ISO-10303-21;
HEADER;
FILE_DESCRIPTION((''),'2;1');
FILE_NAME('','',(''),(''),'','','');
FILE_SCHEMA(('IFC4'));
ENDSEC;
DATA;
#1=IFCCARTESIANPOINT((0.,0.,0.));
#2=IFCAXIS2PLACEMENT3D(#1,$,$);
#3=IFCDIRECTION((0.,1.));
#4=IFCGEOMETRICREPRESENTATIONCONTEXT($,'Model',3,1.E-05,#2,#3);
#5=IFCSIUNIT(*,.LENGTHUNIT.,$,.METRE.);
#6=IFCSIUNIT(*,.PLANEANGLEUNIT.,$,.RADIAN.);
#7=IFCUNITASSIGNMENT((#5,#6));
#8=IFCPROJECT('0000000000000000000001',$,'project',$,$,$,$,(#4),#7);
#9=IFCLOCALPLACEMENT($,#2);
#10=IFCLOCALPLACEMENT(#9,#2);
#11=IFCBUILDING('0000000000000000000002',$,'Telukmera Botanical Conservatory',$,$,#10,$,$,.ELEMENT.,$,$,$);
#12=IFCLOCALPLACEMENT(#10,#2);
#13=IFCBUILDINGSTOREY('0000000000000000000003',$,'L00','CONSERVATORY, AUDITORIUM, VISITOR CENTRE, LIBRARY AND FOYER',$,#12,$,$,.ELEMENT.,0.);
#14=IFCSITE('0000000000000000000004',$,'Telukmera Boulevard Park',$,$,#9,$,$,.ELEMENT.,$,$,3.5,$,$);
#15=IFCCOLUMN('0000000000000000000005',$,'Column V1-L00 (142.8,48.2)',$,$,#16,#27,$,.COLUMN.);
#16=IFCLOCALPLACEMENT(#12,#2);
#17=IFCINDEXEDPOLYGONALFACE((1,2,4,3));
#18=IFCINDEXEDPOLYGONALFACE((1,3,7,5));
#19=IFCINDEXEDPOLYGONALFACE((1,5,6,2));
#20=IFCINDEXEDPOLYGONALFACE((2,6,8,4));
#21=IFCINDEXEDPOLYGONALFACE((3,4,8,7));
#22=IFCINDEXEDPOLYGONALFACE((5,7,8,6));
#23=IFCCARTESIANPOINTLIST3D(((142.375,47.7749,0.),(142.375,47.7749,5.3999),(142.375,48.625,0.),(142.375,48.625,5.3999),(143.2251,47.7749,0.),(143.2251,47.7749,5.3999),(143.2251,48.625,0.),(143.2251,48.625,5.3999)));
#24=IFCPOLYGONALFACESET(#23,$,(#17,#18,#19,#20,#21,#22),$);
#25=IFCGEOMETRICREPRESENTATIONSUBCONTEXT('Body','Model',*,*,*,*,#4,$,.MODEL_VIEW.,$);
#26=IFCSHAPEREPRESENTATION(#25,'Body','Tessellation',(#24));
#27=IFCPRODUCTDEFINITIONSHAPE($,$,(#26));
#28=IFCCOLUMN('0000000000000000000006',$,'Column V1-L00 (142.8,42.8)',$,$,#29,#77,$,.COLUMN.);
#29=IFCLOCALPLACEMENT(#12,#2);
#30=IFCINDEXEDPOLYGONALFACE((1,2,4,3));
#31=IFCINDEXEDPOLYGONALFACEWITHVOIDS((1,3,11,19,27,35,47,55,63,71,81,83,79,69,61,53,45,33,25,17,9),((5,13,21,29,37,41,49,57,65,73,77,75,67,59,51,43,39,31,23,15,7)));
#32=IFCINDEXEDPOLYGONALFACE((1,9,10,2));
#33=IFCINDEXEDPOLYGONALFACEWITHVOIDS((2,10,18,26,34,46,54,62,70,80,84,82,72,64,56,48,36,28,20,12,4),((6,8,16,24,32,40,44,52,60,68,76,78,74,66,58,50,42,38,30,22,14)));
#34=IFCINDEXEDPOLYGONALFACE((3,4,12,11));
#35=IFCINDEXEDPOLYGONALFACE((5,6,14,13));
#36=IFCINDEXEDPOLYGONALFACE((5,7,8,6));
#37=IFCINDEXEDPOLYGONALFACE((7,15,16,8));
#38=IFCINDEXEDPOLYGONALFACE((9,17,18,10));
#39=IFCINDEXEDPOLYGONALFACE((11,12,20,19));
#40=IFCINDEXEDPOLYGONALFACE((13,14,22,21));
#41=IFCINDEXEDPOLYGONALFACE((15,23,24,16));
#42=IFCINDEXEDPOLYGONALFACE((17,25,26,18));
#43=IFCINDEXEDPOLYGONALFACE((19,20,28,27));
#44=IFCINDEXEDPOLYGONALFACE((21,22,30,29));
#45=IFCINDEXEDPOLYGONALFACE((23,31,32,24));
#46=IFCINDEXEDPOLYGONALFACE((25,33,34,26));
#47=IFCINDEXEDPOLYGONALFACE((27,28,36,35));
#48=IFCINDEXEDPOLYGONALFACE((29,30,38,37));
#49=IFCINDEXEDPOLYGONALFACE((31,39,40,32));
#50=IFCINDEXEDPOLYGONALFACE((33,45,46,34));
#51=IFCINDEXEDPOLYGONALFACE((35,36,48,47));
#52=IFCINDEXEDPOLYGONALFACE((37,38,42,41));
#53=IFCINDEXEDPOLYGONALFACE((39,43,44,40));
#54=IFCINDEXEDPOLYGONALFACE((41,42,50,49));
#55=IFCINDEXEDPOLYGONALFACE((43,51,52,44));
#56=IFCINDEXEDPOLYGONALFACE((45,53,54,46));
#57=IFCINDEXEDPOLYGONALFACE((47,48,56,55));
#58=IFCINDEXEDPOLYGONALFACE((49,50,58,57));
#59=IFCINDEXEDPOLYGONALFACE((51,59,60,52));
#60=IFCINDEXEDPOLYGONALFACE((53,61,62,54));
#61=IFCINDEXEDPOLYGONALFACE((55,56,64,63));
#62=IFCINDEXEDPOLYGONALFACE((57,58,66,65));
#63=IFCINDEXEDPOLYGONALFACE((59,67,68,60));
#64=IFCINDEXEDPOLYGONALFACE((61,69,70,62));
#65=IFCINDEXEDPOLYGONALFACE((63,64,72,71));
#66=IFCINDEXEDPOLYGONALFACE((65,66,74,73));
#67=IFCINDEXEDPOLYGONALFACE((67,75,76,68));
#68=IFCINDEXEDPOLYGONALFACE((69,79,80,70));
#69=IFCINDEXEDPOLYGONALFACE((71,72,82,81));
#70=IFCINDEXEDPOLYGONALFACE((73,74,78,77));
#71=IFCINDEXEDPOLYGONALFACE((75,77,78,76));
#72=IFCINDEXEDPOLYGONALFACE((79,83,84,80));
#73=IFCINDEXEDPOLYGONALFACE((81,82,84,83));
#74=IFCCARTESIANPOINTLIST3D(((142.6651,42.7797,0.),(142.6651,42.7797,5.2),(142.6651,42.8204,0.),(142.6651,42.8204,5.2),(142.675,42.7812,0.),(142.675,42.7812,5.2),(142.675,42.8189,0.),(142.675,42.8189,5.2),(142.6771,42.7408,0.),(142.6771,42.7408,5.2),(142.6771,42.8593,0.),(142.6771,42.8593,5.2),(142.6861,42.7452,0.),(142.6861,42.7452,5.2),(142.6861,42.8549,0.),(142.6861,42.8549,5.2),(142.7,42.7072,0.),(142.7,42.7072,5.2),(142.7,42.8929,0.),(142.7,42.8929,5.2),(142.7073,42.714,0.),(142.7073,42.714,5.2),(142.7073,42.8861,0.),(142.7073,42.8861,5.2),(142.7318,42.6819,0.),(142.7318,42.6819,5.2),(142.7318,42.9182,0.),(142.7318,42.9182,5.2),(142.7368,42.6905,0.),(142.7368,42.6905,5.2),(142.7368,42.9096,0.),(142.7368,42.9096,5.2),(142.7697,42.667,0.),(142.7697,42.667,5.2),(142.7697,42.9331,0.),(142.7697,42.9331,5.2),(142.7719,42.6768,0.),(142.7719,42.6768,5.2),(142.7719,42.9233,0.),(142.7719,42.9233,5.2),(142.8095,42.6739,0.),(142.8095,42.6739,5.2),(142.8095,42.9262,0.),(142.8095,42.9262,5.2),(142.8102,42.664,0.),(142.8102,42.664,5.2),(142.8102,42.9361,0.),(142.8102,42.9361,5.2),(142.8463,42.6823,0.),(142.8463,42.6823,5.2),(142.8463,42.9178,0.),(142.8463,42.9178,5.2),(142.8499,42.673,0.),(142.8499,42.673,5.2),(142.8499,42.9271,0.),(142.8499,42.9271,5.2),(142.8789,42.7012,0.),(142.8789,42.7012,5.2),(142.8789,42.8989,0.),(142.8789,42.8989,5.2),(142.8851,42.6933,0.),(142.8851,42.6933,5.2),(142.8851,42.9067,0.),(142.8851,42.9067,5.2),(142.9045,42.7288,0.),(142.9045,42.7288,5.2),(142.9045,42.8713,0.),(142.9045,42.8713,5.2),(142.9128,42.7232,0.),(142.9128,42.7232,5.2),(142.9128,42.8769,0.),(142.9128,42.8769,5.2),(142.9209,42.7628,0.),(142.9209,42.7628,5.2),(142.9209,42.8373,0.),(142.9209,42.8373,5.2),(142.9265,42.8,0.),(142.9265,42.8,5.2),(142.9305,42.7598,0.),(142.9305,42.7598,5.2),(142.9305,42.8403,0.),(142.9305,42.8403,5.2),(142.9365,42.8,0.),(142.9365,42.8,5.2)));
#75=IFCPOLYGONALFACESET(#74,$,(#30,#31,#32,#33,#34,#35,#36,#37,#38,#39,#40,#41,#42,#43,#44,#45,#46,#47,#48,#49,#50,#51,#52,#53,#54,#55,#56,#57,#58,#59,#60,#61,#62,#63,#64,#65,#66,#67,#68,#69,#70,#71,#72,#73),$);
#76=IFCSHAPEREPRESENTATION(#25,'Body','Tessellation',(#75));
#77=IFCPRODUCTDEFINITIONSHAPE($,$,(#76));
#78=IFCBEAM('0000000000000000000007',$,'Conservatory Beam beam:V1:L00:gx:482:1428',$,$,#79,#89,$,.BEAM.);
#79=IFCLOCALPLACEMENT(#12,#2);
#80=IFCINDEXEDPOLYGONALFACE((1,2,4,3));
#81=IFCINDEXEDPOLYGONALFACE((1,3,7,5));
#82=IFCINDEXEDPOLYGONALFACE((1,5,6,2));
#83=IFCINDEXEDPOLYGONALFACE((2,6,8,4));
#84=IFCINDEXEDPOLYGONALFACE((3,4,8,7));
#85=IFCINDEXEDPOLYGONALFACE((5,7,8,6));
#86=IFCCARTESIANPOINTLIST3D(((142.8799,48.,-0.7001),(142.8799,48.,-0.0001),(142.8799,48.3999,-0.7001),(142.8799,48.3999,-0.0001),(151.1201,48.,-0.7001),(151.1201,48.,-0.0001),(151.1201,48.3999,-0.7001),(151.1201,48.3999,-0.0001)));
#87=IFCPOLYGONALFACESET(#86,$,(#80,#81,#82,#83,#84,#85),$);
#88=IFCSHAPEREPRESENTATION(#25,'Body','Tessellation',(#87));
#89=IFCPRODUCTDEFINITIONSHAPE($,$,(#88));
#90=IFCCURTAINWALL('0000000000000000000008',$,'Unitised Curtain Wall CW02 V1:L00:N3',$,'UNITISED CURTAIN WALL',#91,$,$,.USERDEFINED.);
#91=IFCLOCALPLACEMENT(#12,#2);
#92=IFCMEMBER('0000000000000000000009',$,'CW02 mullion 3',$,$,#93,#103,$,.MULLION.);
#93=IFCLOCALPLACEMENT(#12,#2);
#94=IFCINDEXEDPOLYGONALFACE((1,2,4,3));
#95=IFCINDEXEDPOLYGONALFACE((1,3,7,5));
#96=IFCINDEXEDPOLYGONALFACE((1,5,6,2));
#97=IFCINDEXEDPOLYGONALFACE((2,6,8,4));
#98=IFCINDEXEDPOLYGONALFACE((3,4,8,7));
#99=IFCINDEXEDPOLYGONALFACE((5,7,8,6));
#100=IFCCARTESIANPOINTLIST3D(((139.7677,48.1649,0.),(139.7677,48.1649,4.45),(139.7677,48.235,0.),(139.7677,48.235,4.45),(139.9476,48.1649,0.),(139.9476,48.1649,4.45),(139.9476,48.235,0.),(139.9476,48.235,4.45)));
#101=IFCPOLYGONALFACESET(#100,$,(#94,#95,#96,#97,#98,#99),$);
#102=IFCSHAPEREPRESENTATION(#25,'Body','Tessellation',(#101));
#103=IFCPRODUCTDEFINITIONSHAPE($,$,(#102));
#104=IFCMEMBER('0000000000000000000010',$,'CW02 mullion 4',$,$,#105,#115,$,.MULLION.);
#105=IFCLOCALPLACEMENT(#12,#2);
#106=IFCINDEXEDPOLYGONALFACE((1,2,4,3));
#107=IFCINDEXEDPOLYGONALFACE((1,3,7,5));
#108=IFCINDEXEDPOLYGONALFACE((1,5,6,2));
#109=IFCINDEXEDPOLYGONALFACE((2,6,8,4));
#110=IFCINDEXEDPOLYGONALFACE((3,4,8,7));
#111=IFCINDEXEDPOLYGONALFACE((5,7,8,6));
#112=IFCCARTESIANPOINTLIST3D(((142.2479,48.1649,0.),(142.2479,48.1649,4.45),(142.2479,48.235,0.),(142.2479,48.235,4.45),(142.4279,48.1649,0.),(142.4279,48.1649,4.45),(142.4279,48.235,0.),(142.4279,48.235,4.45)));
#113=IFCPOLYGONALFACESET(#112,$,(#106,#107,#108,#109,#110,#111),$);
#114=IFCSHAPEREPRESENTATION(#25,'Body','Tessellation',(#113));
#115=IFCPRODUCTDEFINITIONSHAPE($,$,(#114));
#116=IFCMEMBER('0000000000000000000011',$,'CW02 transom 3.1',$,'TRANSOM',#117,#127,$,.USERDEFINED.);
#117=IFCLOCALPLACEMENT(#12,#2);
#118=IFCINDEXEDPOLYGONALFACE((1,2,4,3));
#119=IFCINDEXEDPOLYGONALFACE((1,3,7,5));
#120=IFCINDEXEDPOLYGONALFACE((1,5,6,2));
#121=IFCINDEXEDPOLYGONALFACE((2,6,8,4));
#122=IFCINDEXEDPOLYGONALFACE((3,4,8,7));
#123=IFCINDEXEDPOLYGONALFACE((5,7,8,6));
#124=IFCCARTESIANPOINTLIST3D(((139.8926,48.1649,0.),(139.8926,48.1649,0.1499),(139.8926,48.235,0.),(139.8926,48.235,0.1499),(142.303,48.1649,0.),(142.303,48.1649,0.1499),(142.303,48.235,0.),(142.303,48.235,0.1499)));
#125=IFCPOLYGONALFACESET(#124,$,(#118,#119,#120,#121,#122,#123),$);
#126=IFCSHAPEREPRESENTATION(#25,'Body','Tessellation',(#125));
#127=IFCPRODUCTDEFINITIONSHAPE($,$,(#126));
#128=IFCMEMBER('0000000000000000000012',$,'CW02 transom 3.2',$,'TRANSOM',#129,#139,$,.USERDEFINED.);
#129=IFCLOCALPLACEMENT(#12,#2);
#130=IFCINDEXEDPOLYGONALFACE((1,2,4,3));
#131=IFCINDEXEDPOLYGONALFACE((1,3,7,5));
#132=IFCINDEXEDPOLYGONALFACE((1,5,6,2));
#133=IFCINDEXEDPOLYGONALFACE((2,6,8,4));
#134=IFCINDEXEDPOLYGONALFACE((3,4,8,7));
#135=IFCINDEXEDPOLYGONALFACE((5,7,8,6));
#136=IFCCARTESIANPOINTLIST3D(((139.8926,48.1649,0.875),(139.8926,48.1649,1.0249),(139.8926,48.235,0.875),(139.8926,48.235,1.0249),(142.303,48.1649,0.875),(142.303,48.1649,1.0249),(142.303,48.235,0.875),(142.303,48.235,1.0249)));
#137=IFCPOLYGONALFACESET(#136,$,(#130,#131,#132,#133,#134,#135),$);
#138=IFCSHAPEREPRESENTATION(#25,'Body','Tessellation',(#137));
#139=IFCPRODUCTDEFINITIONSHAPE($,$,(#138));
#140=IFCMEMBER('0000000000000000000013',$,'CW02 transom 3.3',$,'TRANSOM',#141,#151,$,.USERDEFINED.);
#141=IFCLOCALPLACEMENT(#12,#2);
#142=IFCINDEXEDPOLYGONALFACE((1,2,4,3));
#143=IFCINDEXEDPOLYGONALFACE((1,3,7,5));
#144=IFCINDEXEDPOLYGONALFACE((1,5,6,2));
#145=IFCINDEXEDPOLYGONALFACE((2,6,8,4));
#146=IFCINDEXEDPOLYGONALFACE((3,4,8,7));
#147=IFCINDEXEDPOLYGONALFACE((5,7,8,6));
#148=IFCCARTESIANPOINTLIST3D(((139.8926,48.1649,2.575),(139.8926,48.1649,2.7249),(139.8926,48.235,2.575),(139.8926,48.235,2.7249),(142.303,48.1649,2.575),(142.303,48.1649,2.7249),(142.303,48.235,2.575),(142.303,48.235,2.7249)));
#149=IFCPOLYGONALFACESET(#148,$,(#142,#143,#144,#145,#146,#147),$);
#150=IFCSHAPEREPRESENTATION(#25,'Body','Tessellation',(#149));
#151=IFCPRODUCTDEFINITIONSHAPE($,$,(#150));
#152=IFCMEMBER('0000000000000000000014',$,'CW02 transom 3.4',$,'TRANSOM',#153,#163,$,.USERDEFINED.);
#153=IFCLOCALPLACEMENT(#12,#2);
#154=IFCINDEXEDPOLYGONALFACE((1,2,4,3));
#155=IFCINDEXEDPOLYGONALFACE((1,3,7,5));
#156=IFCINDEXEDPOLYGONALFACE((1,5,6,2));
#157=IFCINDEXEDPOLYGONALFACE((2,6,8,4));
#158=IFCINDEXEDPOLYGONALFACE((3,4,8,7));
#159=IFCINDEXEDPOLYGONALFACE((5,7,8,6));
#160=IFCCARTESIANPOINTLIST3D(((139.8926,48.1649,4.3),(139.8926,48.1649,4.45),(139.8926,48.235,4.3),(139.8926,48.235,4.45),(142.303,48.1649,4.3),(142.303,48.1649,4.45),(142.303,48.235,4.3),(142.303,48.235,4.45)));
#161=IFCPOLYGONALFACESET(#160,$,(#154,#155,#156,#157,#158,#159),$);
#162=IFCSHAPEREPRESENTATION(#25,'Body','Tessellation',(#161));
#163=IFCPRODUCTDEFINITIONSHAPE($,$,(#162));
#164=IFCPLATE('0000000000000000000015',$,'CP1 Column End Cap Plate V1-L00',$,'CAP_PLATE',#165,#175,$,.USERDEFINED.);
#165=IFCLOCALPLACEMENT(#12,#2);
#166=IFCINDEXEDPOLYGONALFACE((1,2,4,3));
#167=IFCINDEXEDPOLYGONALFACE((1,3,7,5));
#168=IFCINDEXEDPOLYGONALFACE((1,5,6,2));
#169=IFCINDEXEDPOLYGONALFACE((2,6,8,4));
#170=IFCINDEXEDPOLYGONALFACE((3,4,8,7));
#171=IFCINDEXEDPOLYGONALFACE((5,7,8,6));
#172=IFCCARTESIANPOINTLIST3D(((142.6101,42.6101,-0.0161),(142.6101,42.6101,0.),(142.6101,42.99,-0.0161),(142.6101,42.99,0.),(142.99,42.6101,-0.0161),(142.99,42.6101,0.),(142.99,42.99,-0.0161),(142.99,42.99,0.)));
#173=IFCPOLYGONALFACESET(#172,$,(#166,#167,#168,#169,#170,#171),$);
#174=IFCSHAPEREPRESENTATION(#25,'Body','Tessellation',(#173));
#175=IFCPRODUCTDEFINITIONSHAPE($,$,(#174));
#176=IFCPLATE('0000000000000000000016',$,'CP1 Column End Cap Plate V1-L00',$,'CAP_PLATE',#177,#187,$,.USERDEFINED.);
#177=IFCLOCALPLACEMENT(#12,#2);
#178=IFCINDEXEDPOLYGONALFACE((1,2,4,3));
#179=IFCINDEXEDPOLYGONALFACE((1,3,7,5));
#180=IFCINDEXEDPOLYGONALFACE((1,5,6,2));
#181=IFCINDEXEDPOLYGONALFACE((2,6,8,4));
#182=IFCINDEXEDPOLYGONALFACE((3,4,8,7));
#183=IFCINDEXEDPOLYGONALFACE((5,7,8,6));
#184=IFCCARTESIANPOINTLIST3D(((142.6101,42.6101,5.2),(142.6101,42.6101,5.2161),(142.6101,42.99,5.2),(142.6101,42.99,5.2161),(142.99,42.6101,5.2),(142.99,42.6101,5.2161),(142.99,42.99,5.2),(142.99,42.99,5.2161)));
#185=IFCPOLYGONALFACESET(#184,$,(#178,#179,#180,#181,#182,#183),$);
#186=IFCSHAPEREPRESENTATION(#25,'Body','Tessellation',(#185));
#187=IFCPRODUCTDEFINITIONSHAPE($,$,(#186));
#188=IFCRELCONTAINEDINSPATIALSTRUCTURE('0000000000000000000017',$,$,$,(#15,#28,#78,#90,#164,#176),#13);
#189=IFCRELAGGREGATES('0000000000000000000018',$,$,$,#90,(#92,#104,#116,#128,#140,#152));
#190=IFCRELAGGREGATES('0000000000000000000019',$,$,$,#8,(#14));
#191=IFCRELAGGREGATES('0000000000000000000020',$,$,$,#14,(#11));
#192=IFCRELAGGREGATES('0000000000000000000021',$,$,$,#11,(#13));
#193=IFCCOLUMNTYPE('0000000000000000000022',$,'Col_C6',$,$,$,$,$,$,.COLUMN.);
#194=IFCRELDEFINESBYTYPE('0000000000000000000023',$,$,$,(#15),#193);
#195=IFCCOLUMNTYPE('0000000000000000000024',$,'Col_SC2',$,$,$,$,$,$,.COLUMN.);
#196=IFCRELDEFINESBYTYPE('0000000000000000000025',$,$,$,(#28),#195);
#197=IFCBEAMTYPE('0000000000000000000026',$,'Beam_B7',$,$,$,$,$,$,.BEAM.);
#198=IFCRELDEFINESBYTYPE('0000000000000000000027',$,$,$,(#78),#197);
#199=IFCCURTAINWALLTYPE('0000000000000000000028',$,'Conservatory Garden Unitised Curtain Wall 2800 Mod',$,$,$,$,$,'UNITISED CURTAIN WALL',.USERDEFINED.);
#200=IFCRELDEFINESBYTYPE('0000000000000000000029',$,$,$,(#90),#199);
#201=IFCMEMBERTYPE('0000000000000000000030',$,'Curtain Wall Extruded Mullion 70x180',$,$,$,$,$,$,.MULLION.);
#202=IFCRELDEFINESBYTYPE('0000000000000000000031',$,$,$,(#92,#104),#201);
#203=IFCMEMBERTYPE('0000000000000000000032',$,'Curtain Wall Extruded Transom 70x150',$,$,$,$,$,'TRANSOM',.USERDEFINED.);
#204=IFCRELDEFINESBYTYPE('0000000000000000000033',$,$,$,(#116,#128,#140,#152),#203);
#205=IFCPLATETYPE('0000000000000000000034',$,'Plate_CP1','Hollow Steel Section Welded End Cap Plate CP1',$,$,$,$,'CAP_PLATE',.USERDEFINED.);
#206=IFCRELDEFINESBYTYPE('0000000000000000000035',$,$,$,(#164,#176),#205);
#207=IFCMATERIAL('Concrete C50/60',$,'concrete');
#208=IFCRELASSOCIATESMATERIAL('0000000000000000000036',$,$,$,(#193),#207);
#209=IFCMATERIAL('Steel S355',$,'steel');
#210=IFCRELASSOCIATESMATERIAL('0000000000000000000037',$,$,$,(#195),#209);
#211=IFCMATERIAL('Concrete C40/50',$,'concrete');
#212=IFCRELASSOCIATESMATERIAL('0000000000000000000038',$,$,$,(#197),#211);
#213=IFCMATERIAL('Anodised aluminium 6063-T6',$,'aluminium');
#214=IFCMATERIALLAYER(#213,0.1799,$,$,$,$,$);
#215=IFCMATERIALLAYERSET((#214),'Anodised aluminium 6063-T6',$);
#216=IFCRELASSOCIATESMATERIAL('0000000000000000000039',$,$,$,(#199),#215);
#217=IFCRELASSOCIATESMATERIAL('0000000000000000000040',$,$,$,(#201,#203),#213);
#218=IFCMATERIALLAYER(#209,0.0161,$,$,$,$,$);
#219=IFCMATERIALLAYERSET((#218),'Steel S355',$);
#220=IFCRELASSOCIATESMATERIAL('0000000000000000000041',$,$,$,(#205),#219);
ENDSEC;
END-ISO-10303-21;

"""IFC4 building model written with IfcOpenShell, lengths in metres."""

from ifc_helpers import new_model, si_unit, direction, frame, origin, origin_2d, place, context, subcontext, project, spatial, rectangle, hollow_circle, extrude, material, layer, layer_set, material_profile, profile_set, type_object, element, aggregate, save


model = new_model("IFC4")

# Units and contexts
model_context = context("Model", 3, precision=1e-05, world=origin(), true_north=direction((0.0, 1.0)))
body_context = subcontext(model_context, "Body", "Model", "MODEL_VIEW")
ifc_project = project(units=[si_unit("LENGTHUNIT", "METRE"), si_unit("PLANEANGLEUNIT", "RADIAN")], contexts=[model_context])

# Site, building, storey
site_placement = place(None, origin())
site = spatial("IfcSite", under=ifc_project, at=site_placement, Name="Telukmera Boulevard Park", CompositionType="ELEMENT", RefElevation=3.5)
building_placement = place(site_placement, origin())
building = spatial("IfcBuilding", under=site, at=building_placement, Name="Telukmera Botanical Conservatory", CompositionType="ELEMENT")
storey_placement = place(building_placement, origin())
storey = spatial("IfcBuildingStorey", under=building, at=storey_placement, Name="L00", Description="CONSERVATORY, AUDITORIUM, VISITOR CENTRE, LIBRARY AND FOYER", CompositionType="ELEMENT", Elevation=0.0)

# Columns
ifc_material_1 = material(Name="Concrete C50/60", Category="concrete")
ifc_material_profile_1 = material_profile(ifc_material_1, rectangle(XDim=0.8501, YDim=0.8501, at=origin_2d()), Name="RC 850x850")
ifc_profile_set_1 = profile_set([ifc_material_profile_1], Name="Concrete C50/60")
column_type_1 = type_object("IfcColumnType", Name="Col_C6", PredefinedType="COLUMN", material=ifc_profile_set_1)
column_1_placement = place(storey_placement, frame((142.8, 48.2, 0.0), z_axis=(0.0, 0.0, 1.0), x_axis=(1.0, 0.0, 0.0)))
element("IfcColumn", 1, at=column_1_placement, inside=storey, type_object=column_type_1, Name="Column V1-L00 (142.8,48.2)", PredefinedType="COLUMN", context=body_context, shape_type="SweptSolid", body=[
    extrude(rectangle(XDim=0.8501, YDim=0.8501, at=origin_2d()), origin(), (0.0, 0.0, 1.0), 5.3999),
])
ifc_material_2 = material(Name="Steel S355", Category="steel")
ifc_material_profile_2 = material_profile(ifc_material_2, hollow_circle(Radius=0.1365, WallThickness=0.01, at=origin_2d()), Name="CHS 273.0x10.0")
ifc_profile_set_2 = profile_set([ifc_material_profile_2], Name="Steel S355")
column_type_2 = type_object("IfcColumnType", Name="Col_SC2", PredefinedType="COLUMN", material=ifc_profile_set_2)
column_2_placement = place(storey_placement, frame((142.8, 42.8, 0.0), z_axis=(0.0, 0.0, 1.0), x_axis=(1.0, 0.0, 0.0)))
element("IfcColumn", 2, at=column_2_placement, inside=storey, type_object=column_type_2, Name="Column V1-L00 (142.8,42.8)", PredefinedType="COLUMN", context=body_context, shape_type="SweptSolid", body=[
    extrude(hollow_circle(Radius=0.1365, WallThickness=0.01, at=origin_2d()), origin(), (0.0, 0.0, 1.0), 5.2),
])

# Beam
ifc_material_3 = material(Name="Concrete C40/50", Category="concrete")
ifc_material_profile_3 = material_profile(ifc_material_3, rectangle(XDim=0.3999, YDim=0.7, at=origin_2d()), Name="RC 400x700")
ifc_profile_set_3 = profile_set([ifc_material_profile_3], Name="Concrete C40/50")
beam_type = type_object("IfcBeamType", Name="Beam_B7", PredefinedType="BEAM", material=ifc_profile_set_3)
beam_placement = place(storey_placement, frame((142.8799, 48.2, -0.3501), z_axis=(1.0, 0.0, 0.0), x_axis=(0.0, 1.0, 0.0)))
element("IfcBeam", 3, at=beam_placement, inside=storey, type_object=beam_type, Name="Conservatory Beam beam:V1:L00:gx:482:1428", PredefinedType="BEAM", context=body_context, shape_type="SweptSolid", body=[
    extrude(rectangle(XDim=0.3999, YDim=0.7, at=origin_2d()), origin(), (0.0, 0.0, 1.0), 8.2402),
])

# Curtain wall, members
ifc_material_4 = material(Name="Anodised aluminium 6063-T6", Category="aluminium")
ifc_layer_1 = layer(ifc_material_4, 0.1799)
ifc_layer_set_1 = layer_set([ifc_layer_1], Name="Anodised aluminium 6063-T6")
curtain_wall_type = type_object("IfcCurtainWallType", Name="Conservatory Garden Unitised Curtain Wall 2800 Mod", ElementType="UNITISED CURTAIN WALL", PredefinedType="USERDEFINED", material=ifc_layer_set_1)
curtain_wall_placement = place(storey_placement, origin())
curtain_wall = element("IfcCurtainWall", 4, at=curtain_wall_placement, inside=storey, type_object=curtain_wall_type, Name="Unitised Curtain Wall CW02 V1:L00:N3", ObjectType="UNITISED CURTAIN WALL", PredefinedType="USERDEFINED")
ifc_material_profile_4 = material_profile(ifc_material_4, rectangle(XDim=0.0701, YDim=0.1799, at=origin_2d()), Name="ALU MULL 70x180")
ifc_profile_set_4 = profile_set([ifc_material_profile_4], Name="Anodised aluminium 6063-T6")
member_type_1 = type_object("IfcMemberType", Name="Curtain Wall Extruded Mullion 70x180", PredefinedType="MULLION", material=ifc_profile_set_4)
member_1_placement = place(storey_placement, frame((139.8577, 48.2, 0.0), z_axis=(0.0, 0.0, 1.0), x_axis=(0.0, 1.0, 0.0)))
member_1 = element("IfcMember", 5, at=member_1_placement, type_object=member_type_1, Name="CW02 mullion 3", PredefinedType="MULLION", context=body_context, shape_type="SweptSolid", body=[
    extrude(rectangle(XDim=0.0701, YDim=0.1799, at=origin_2d()), origin(), (0.0, 0.0, 1.0), 4.45),
])
member_2_placement = place(storey_placement, frame((142.3379, 48.2, 0.0), z_axis=(0.0, 0.0, 1.0), x_axis=(0.0, 1.0, 0.0)))
member_2 = element("IfcMember", 6, at=member_2_placement, type_object=member_type_1, Name="CW02 mullion 4", PredefinedType="MULLION", context=body_context, shape_type="SweptSolid", body=[
    extrude(rectangle(XDim=0.0701, YDim=0.1799, at=origin_2d()), origin(), (0.0, 0.0, 1.0), 4.45),
])
ifc_material_profile_5 = material_profile(ifc_material_4, rectangle(XDim=0.0701, YDim=0.1499, at=origin_2d()), Name="ALU TRAN 70x150")
ifc_profile_set_5 = profile_set([ifc_material_profile_5], Name="Anodised aluminium 6063-T6")
member_type_2 = type_object("IfcMemberType", Name="Curtain Wall Extruded Transom 70x150", ElementType="TRANSOM", PredefinedType="USERDEFINED", material=ifc_profile_set_5)
member_3_placement = place(storey_placement, frame((139.8926, 48.2, 0.075), z_axis=(1.0, 0.0, 0.0), x_axis=(0.0, 1.0, 0.0)))
member_3 = element("IfcMember", 7, at=member_3_placement, type_object=member_type_2, Name="CW02 transom 3.1", ObjectType="TRANSOM", PredefinedType="USERDEFINED", context=body_context, shape_type="SweptSolid", body=[
    extrude(rectangle(XDim=0.0701, YDim=0.1499, at=origin_2d()), origin(), (0.0, 0.0, 1.0), 2.4104),
])
member_4_placement = place(storey_placement, frame((139.8926, 48.2, 0.95), z_axis=(1.0, 0.0, 0.0), x_axis=(0.0, 1.0, 0.0)))
member_4 = element("IfcMember", 8, at=member_4_placement, type_object=member_type_2, Name="CW02 transom 3.2", ObjectType="TRANSOM", PredefinedType="USERDEFINED", context=body_context, shape_type="SweptSolid", body=[
    extrude(rectangle(XDim=0.0701, YDim=0.1499, at=origin_2d()), origin(), (0.0, 0.0, 1.0), 2.4104),
])
member_5_placement = place(storey_placement, frame((139.8926, 48.2, 2.6499), z_axis=(1.0, 0.0, 0.0), x_axis=(0.0, 1.0, 0.0)))
member_5 = element("IfcMember", 9, at=member_5_placement, type_object=member_type_2, Name="CW02 transom 3.3", ObjectType="TRANSOM", PredefinedType="USERDEFINED", context=body_context, shape_type="SweptSolid", body=[
    extrude(rectangle(XDim=0.0701, YDim=0.1499, at=origin_2d()), origin(), (0.0, 0.0, 1.0), 2.4104),
])
member_6_placement = place(storey_placement, frame((139.8926, 48.2, 4.375), z_axis=(1.0, 0.0, 0.0), x_axis=(0.0, 1.0, 0.0)))
member_6 = element("IfcMember", 10, at=member_6_placement, type_object=member_type_2, Name="CW02 transom 3.4", ObjectType="TRANSOM", PredefinedType="USERDEFINED", context=body_context, shape_type="SweptSolid", body=[
    extrude(rectangle(XDim=0.0701, YDim=0.1499, at=origin_2d()), origin(), (0.0, 0.0, 1.0), 2.4104),
])

# Plates
ifc_layer_2 = layer(ifc_material_2, 0.0161)
ifc_layer_set_2 = layer_set([ifc_layer_2], Name="Steel S355")
plate_type_1 = type_object("IfcPlateType", Name="Plate_CP1", Description="Hollow Steel Section Welded End Cap Plate CP1", ElementType="CAP_PLATE", PredefinedType="USERDEFINED", material=ifc_layer_set_2)
for number, where, z_axis, x_axis, name in (
    (11, (142.8, 42.8, -0.0161), (0.0, 0.0, 1.0), (1.0, 0.0, 0.0), "CP1 Column End Cap Plate V1-L00"),
    (12, (142.8, 42.8, 5.2), (0.0, 0.0, 1.0), (1.0, 0.0, 0.0), "CP1 Column End Cap Plate V1-L00"),
):
    element("IfcPlate", number, at=place(storey_placement, frame(where, z_axis=z_axis, x_axis=x_axis)), inside=storey, type_object=plate_type_1, Name=name, ObjectType="CAP_PLATE", PredefinedType="USERDEFINED", context=body_context, shape_type="SweptSolid", body=[
        extrude(rectangle(XDim=0.3799, YDim=0.3799, at=origin_2d()), origin(), (0.0, 0.0, 1.0), 0.0161),
    ])

aggregate(curtain_wall, [member_1, member_2, member_3, member_4, member_5, member_6])

save(model, "model.ifc")
